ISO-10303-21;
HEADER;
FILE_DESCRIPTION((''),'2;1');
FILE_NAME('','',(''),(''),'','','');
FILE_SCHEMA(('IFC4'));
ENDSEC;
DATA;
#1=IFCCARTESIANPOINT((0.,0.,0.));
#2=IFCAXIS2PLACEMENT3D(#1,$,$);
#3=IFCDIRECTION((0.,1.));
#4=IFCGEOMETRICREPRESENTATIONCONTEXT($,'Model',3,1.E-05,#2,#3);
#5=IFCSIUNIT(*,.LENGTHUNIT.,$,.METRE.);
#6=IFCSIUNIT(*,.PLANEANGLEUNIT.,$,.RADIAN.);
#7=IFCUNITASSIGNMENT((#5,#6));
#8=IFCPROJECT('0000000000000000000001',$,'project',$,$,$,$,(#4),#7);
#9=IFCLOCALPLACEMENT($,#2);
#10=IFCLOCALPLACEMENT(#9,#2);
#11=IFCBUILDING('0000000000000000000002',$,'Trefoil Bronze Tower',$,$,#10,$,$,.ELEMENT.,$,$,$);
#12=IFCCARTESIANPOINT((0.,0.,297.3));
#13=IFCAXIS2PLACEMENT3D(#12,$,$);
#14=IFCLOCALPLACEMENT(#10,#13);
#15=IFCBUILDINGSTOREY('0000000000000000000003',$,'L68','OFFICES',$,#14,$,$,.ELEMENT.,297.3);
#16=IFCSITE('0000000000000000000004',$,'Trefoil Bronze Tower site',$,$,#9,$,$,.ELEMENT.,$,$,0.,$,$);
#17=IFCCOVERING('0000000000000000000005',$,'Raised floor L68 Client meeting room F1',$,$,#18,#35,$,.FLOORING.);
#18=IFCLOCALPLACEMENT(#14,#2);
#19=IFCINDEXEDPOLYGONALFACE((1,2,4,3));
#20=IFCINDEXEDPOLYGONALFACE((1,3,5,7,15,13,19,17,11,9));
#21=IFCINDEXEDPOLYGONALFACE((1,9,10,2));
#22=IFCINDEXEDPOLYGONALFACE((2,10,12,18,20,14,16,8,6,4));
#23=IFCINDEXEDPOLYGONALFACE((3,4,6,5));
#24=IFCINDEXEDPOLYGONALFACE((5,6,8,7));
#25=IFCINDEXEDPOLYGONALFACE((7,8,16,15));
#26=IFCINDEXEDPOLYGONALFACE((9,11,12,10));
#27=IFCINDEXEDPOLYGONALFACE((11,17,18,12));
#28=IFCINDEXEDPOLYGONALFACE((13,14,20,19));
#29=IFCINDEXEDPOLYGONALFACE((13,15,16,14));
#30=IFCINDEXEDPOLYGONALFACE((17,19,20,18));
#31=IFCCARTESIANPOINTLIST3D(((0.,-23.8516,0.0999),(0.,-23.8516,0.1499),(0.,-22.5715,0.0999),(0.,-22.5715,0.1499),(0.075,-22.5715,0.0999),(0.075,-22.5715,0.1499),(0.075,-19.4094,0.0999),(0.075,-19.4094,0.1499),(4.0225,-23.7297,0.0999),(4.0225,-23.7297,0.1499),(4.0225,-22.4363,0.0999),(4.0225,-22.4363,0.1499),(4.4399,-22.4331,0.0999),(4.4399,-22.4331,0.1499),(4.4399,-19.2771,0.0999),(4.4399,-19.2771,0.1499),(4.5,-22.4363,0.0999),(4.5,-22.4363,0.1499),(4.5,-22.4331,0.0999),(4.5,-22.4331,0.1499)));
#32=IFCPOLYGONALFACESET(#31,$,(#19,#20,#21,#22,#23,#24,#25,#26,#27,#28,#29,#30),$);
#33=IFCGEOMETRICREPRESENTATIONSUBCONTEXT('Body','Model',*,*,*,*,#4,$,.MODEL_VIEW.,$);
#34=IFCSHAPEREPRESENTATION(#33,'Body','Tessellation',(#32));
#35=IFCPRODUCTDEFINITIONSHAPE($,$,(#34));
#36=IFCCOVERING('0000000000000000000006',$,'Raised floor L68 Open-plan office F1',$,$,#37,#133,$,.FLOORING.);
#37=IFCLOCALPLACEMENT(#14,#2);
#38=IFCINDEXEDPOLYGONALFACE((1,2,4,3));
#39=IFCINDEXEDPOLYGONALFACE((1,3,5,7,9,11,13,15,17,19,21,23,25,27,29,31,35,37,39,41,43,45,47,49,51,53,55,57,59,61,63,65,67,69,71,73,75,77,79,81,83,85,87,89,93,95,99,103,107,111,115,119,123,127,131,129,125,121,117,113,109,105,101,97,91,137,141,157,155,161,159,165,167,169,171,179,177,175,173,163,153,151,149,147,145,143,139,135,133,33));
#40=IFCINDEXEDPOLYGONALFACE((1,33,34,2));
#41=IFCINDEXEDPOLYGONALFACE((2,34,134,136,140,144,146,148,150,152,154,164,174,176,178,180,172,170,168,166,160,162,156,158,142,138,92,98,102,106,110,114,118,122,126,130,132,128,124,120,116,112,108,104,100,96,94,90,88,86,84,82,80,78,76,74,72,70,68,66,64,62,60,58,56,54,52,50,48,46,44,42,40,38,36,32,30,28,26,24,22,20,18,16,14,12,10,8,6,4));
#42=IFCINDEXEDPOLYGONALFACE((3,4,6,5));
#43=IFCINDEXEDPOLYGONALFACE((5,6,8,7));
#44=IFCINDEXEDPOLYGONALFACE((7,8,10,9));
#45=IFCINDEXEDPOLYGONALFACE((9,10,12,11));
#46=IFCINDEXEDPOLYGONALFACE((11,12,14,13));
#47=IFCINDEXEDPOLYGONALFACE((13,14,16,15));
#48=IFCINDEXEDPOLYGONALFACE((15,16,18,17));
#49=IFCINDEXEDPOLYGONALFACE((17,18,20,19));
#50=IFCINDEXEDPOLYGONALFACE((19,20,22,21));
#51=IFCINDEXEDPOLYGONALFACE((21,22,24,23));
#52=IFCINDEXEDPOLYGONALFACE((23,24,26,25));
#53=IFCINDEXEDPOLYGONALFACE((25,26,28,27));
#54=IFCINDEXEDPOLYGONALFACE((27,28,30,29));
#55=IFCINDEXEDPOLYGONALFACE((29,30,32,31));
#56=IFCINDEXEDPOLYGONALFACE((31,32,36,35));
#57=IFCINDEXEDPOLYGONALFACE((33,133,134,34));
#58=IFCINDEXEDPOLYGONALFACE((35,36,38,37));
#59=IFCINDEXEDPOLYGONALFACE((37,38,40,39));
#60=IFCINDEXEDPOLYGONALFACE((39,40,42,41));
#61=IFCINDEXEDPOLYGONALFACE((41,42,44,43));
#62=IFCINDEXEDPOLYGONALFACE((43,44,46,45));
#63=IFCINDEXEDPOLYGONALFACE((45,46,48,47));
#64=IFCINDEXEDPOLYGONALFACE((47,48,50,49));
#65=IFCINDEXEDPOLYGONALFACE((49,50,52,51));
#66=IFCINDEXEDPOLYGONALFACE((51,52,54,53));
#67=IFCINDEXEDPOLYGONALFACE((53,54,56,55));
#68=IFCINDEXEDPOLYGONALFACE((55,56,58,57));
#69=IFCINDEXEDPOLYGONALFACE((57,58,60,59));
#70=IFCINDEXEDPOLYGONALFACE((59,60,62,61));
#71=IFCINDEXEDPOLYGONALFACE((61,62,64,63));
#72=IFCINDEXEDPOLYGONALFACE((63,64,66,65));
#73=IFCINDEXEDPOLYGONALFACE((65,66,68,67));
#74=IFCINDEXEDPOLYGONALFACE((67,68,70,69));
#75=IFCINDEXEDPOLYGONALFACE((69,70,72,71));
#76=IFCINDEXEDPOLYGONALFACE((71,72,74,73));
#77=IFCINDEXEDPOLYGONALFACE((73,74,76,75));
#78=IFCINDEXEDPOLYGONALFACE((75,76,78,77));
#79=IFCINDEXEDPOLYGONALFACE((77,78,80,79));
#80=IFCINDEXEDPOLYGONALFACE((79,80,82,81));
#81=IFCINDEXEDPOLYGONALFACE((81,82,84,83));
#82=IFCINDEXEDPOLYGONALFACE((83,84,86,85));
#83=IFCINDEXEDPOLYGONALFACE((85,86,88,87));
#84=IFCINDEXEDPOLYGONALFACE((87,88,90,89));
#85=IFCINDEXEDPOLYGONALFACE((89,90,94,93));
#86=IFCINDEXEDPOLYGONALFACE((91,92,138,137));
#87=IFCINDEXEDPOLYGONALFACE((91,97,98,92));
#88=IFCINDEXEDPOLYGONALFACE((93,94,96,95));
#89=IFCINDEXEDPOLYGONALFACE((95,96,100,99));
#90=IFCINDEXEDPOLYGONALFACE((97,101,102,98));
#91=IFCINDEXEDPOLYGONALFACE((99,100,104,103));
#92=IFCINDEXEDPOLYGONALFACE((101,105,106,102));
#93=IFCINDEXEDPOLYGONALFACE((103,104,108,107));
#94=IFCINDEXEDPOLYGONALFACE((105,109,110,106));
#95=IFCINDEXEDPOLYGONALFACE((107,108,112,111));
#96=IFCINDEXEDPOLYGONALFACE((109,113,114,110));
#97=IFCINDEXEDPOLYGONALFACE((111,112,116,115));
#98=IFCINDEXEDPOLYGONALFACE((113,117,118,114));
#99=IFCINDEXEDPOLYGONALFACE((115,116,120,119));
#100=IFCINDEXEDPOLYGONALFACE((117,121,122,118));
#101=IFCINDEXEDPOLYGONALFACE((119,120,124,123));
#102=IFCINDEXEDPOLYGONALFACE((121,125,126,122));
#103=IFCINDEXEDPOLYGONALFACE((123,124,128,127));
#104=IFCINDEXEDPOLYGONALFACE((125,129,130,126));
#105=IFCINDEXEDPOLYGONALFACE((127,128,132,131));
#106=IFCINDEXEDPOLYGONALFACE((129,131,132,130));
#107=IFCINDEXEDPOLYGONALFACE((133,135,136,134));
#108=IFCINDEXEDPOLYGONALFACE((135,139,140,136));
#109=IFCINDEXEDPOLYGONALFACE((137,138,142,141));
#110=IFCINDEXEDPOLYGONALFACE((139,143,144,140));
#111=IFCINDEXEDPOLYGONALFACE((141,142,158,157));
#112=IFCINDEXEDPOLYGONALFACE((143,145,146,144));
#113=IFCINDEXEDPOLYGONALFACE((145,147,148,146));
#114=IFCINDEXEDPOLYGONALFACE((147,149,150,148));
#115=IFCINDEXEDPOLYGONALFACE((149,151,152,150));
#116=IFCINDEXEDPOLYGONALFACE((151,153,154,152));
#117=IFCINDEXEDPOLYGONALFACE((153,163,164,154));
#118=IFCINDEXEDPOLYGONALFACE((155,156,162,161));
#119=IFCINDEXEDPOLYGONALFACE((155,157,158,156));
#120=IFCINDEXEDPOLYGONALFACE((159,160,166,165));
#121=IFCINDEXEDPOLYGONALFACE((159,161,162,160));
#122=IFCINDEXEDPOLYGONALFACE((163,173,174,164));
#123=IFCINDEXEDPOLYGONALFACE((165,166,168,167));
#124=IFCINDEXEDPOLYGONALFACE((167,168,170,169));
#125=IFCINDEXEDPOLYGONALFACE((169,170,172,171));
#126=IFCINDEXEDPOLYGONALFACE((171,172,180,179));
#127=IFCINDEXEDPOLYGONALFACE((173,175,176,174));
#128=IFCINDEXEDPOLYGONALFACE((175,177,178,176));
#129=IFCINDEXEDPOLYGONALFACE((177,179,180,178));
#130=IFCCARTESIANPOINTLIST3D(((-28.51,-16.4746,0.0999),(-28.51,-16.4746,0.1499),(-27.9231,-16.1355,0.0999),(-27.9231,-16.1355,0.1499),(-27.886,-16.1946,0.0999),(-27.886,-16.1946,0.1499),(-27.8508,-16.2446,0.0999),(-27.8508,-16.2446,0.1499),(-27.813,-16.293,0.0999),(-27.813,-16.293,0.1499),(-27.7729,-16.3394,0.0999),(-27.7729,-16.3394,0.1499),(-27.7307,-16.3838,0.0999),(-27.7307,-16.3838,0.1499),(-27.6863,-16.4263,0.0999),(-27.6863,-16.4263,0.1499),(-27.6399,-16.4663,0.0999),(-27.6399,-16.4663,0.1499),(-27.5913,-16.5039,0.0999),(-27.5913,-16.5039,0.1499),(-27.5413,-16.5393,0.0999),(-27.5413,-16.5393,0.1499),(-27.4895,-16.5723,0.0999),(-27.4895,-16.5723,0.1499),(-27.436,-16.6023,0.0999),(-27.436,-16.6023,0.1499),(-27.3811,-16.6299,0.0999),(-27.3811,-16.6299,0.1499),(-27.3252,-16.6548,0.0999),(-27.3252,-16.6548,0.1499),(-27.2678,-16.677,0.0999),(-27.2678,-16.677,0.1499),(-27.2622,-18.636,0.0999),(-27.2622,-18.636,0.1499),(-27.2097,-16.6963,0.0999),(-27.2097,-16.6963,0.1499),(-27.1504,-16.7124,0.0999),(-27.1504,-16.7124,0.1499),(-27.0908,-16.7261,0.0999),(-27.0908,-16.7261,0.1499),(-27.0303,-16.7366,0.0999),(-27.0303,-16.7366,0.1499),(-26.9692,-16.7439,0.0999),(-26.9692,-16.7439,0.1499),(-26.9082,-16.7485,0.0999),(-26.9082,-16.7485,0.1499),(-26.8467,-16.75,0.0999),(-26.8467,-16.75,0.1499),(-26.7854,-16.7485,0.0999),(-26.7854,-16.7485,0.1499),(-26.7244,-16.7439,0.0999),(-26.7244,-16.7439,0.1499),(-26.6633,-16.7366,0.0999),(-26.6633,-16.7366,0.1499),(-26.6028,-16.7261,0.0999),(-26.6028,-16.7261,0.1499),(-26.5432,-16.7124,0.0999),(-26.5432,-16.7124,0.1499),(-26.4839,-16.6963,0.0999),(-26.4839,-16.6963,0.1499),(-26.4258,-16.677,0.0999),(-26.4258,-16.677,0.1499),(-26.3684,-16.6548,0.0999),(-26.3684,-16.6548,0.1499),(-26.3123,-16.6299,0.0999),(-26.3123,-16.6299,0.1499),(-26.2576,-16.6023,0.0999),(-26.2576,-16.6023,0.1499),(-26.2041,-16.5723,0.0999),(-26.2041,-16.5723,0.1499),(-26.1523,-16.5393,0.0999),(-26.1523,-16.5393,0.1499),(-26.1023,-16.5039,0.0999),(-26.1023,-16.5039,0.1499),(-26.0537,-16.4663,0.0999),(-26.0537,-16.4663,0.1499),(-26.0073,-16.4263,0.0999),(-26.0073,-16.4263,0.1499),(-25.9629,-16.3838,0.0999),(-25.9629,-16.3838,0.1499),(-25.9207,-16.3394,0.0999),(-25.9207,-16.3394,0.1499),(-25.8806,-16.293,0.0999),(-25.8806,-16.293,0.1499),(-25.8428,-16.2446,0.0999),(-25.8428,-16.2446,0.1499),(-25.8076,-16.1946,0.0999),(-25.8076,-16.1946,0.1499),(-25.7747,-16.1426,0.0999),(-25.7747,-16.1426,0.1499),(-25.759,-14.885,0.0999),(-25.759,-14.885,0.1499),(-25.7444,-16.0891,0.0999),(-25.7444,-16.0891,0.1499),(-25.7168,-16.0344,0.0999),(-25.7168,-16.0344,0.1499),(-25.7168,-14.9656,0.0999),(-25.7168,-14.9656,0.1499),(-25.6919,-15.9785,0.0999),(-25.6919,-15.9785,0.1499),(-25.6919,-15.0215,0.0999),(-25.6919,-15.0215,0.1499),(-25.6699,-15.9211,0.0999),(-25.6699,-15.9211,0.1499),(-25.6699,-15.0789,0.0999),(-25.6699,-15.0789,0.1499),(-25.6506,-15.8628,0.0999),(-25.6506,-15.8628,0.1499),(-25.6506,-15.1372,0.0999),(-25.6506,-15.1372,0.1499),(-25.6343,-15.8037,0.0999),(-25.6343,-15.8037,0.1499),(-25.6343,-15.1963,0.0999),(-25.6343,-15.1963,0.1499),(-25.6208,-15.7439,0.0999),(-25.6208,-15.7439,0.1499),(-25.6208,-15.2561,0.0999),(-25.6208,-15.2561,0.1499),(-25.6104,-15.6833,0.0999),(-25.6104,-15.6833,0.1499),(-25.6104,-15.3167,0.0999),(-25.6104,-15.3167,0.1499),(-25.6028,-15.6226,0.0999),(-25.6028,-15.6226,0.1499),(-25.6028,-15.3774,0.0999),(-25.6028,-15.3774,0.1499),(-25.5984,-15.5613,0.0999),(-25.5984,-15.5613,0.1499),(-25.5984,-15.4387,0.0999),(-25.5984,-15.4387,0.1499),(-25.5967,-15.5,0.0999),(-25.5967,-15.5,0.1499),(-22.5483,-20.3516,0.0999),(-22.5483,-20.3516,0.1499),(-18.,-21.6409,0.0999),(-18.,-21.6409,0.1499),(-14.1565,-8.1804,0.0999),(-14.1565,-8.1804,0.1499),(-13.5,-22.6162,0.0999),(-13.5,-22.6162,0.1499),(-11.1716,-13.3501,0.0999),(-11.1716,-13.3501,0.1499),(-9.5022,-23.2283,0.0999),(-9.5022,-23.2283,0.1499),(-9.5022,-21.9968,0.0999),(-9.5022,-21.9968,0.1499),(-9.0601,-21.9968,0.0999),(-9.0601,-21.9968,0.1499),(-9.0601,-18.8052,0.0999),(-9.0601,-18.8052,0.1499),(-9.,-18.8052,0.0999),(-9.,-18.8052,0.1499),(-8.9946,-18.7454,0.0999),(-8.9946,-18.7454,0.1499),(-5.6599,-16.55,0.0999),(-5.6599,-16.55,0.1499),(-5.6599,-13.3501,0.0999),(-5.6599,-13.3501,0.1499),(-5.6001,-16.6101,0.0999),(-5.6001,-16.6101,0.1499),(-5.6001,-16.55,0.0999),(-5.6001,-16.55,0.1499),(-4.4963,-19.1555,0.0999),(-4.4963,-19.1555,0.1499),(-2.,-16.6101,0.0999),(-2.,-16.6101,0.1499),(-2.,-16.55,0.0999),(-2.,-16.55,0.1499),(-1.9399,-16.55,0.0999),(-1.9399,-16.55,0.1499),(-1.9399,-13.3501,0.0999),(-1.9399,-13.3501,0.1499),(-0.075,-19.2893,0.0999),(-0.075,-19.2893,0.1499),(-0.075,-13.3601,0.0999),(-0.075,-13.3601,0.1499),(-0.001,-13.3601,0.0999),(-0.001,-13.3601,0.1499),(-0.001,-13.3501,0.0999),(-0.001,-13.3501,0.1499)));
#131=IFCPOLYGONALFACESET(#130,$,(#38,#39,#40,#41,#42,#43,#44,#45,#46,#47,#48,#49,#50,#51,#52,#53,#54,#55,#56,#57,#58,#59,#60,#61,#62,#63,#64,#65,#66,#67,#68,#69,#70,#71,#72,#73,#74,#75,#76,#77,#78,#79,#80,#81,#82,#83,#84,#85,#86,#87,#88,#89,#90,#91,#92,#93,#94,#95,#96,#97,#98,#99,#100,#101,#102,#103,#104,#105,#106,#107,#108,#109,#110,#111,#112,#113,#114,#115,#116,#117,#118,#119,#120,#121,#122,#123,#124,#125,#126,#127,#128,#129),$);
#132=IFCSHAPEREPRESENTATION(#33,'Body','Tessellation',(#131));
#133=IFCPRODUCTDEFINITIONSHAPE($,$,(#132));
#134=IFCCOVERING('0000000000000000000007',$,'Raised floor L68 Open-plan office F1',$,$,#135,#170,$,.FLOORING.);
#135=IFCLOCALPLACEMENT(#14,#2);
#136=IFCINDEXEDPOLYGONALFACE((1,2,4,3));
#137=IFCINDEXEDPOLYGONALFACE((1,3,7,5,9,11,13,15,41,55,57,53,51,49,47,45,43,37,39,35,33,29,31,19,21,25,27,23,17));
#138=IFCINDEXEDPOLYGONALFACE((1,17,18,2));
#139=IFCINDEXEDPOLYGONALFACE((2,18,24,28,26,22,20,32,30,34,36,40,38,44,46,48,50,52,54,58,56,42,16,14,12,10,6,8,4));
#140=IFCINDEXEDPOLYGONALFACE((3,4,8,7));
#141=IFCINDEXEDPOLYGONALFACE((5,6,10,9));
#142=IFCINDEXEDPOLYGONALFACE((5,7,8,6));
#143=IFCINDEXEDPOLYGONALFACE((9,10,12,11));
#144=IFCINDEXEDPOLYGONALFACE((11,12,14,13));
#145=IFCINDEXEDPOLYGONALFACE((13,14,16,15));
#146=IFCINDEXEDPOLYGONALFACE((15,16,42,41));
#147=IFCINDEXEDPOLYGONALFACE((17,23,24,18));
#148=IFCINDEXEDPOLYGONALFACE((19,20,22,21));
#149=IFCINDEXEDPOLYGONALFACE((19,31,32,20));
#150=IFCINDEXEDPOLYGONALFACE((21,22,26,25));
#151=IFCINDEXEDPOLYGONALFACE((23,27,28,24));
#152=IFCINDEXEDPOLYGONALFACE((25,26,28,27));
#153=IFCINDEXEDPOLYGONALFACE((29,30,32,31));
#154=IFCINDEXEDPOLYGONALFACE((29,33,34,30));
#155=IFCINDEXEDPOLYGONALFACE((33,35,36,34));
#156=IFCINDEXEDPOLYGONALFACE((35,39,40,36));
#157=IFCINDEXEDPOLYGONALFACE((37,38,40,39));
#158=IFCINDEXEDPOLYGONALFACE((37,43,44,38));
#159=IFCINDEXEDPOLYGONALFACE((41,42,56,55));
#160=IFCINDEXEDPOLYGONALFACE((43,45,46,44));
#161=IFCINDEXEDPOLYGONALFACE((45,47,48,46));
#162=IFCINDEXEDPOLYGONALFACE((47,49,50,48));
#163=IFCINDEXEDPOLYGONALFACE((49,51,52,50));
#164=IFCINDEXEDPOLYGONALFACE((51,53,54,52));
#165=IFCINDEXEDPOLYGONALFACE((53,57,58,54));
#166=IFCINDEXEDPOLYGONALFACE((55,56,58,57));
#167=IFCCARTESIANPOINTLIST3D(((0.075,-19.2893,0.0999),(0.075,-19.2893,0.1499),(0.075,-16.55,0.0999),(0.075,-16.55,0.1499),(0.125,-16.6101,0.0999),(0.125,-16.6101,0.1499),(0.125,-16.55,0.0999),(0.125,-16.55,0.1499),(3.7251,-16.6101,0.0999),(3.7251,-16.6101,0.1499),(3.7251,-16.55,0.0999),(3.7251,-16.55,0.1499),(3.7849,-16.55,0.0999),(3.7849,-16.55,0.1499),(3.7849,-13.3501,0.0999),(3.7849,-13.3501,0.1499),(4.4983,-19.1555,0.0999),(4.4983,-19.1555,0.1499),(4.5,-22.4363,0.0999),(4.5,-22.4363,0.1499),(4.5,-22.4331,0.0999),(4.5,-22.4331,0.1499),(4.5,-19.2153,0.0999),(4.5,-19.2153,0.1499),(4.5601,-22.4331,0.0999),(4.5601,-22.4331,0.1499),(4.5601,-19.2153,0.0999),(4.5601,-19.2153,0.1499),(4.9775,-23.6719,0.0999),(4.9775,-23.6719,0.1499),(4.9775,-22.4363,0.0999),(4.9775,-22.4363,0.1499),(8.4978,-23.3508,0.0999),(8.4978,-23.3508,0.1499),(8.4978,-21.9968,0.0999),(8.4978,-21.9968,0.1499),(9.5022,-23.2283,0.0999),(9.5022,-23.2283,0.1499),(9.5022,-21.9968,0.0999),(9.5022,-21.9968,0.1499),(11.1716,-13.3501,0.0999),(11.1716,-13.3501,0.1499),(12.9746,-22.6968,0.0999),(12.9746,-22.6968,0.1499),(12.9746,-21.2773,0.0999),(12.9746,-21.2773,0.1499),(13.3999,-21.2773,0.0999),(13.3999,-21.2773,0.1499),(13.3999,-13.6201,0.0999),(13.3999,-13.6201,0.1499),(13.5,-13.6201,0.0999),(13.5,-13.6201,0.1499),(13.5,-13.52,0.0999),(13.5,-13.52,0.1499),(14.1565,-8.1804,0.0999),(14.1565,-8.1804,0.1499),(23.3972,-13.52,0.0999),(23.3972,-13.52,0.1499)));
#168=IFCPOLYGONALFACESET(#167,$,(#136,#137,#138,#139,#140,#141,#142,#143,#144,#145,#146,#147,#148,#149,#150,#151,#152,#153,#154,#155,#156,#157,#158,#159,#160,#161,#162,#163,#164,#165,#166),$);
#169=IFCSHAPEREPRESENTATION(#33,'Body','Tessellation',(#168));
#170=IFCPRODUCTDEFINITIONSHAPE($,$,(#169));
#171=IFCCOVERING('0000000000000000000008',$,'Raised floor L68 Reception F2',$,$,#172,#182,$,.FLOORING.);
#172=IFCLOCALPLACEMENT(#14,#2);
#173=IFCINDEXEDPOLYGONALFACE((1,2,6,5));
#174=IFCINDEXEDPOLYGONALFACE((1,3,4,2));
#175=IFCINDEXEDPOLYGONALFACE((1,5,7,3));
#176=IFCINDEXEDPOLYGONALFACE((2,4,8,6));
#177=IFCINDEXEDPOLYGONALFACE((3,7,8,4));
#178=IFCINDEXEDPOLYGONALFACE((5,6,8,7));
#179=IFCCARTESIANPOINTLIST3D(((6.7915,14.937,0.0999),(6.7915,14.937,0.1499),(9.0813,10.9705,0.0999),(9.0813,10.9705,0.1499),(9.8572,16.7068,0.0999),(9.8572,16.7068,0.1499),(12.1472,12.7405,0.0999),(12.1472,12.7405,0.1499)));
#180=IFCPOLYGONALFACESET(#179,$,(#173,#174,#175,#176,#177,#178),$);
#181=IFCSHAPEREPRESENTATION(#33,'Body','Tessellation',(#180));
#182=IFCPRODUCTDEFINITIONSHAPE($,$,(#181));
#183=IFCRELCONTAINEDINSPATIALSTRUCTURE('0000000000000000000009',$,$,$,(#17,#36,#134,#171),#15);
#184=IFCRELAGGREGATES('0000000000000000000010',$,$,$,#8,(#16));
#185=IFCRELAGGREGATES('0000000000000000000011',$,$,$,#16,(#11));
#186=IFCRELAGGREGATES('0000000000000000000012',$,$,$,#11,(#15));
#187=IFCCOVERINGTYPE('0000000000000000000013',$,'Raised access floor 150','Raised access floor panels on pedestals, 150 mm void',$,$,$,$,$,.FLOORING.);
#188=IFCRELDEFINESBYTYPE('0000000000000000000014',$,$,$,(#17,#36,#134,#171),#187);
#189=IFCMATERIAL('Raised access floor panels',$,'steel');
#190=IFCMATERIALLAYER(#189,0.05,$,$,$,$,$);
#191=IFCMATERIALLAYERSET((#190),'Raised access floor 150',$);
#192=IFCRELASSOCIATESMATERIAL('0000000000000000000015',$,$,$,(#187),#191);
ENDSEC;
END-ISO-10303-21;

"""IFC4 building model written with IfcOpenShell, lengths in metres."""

from ifc_helpers import new_model, si_unit, direction, frame, origin, place, context, subcontext, project, spatial, polyline, outline, extrude, material, layer, layer_set, type_object, element, save


model = new_model("IFC4")

# Units and contexts
model_context = context("Model", 3, precision=1e-05, world=origin(), true_north=direction((0.0, 1.0)))
body_context = subcontext(model_context, "Body", "Model", "MODEL_VIEW")
ifc_project = project(units=[si_unit("LENGTHUNIT", "METRE"), si_unit("PLANEANGLEUNIT", "RADIAN")], contexts=[model_context])

# Site, building, storey
site_placement = place(None, origin())
site = spatial("IfcSite", under=ifc_project, at=site_placement, Name="Trefoil Bronze Tower site", CompositionType="ELEMENT", RefElevation=0.0)
building_placement = place(site_placement, origin())
building = spatial("IfcBuilding", under=site, at=building_placement, Name="Trefoil Bronze Tower", CompositionType="ELEMENT")
storey_placement = place(building_placement, frame((0.0, 0.0, 297.3)))
storey = spatial("IfcBuildingStorey", under=building, at=storey_placement, Name="L68", Description="OFFICES", CompositionType="ELEMENT", Elevation=297.3)

# Coverings
ifc_material_1 = material(Name="Raised access floor panels", Category="steel")
ifc_layer_1 = layer(ifc_material_1, 0.05)
ifc_layer_set_1 = layer_set([ifc_layer_1], Name="Raised access floor 150")
covering_type_1 = type_object("IfcCoveringType", Name="Raised access floor 150", Description="Raised access floor panels on pedestals, 150 mm void", PredefinedType="FLOORING", material=ifc_layer_set_1)
covering_1_placement = place(storey_placement, frame((0.0, 0.0, 0.0999)))
element("IfcCovering", 1, at=covering_1_placement, inside=storey, type_object=covering_type_1, Name="Raised floor L68 Client meeting room F1", PredefinedType="FLOORING", context=body_context, shape_type="SweptSolid", body=[
    extrude(outline(polyline([(0.0, -22.5715), (0.075, -22.5715), (0.075, -19.4094), (4.4399, -19.2771), (4.4399, -22.4331), (4.5, -22.4331), (4.5, -22.4363), (4.0225, -22.4363), (4.0225, -23.7297), (0.0, -23.8516), (0.0, -22.5715)])), origin(), (0.0, 0.0, 1.0), 0.05),
])
covering_2_placement = place(storey_placement, frame((0.0, 0.0, 0.0999)))
element("IfcCovering", 2, at=covering_2_placement, inside=storey, type_object=covering_type_1, Name="Raised floor L68 Open-plan office F1", PredefinedType="FLOORING", context=body_context, shape_type="SweptSolid", body=[
    extrude(outline(polyline([(-25.759, -14.885), (-14.1565, -8.1804), (-11.1716, -13.3501), (-5.6599, -13.3501), (-5.6599, -16.55), (-5.6001, -16.55), (-5.6001, -16.6101), (-2.0, -16.6101), (-2.0, -16.55), (-1.9399, -16.55), (-1.9399, -13.3501), (-0.001, -13.3501), (-0.001, -13.3601), (-0.075, -13.3601), (-0.075, -19.2893), (-4.4963, -19.1555), (-8.9946, -18.7454), (-9.0, -18.8052), (-9.0601, -18.8052), (-9.0601, -21.9968), (-9.5022, -21.9968), (-9.5022, -23.2283), (-13.5, -22.6162), (-18.0, -21.6409), (-22.5483, -20.3516), (-27.2622, -18.636), (-28.51, -16.4746), (-27.9231, -16.1355), (-27.886, -16.1946), (-27.8508, -16.2446), (-27.813, -16.293), (-27.7729, -16.3394), (-27.7307, -16.3838), (-27.6863, -16.4263), (-27.6399, -16.4663), (-27.5913, -16.5039), (-27.5413, -16.5393), (-27.4895, -16.5723), (-27.436, -16.6023), (-27.3811, -16.6299), (-27.3252, -16.6548), (-27.2678, -16.677), (-27.2097, -16.6963), (-27.1504, -16.7124), (-27.0908, -16.7261), (-27.0303, -16.7366), (-26.9692, -16.7439), (-26.9082, -16.7485), (-26.8467, -16.75), (-26.7854, -16.7485), (-26.7244, -16.7439), (-26.6633, -16.7366), (-26.6028, -16.7261), (-26.5432, -16.7124), (-26.4839, -16.6963), (-26.4258, -16.677), (-26.3684, -16.6548), (-26.3123, -16.6299), (-26.2576, -16.6023), (-26.2041, -16.5723), (-26.1523, -16.5393), (-26.1023, -16.5039), (-26.0537, -16.4663), (-26.0073, -16.4263), (-25.9629, -16.3838), (-25.9207, -16.3394), (-25.8806, -16.293), (-25.8428, -16.2446), (-25.8076, -16.1946), (-25.7747, -16.1426), (-25.7444, -16.0891), (-25.7168, -16.0344), (-25.6919, -15.9785), (-25.6699, -15.9211), (-25.6506, -15.8628), (-25.6343, -15.8037), (-25.6208, -15.7439), (-25.6104, -15.6833), (-25.6028, -15.6226), (-25.5984, -15.5613), (-25.5967, -15.5), (-25.5984, -15.4387), (-25.6028, -15.3774), (-25.6104, -15.3167), (-25.6208, -15.2561), (-25.6343, -15.1963), (-25.6506, -15.1372), (-25.6699, -15.0789), (-25.6919, -15.0215), (-25.7168, -14.9656), (-25.759, -14.885)])), origin(), (0.0, 0.0, 1.0), 0.05),
])
covering_3_placement = place(storey_placement, frame((0.0, 0.0, 0.0999)))
element("IfcCovering", 3, at=covering_3_placement, inside=storey, type_object=covering_type_1, Name="Raised floor L68 Open-plan office F1", PredefinedType="FLOORING", context=body_context, shape_type="SweptSolid", body=[
    extrude(outline(polyline([(4.9775, -23.6719), (4.9775, -22.4363), (4.5, -22.4363), (4.5, -22.4331), (4.5601, -22.4331), (4.5601, -19.2153), (4.5, -19.2153), (4.4983, -19.1555), (0.075, -19.2893), (0.075, -16.55), (0.125, -16.55), (0.125, -16.6101), (3.7251, -16.6101), (3.7251, -16.55), (3.7849, -16.55), (3.7849, -13.3501), (11.1716, -13.3501), (14.1565, -8.1804), (23.3972, -13.52), (13.5, -13.52), (13.5, -13.6201), (13.3999, -13.6201), (13.3999, -21.2773), (12.9746, -21.2773), (12.9746, -22.6968), (9.5022, -23.2283), (9.5022, -21.9968), (8.4978, -21.9968), (8.4978, -23.3508), (4.9775, -23.6719)])), origin(), (0.0, 0.0, 1.0), 0.05),
])
covering_4_placement = place(storey_placement, frame((0.0, 0.0, 0.0999)))
element("IfcCovering", 4, at=covering_4_placement, inside=storey, type_object=covering_type_1, Name="Raised floor L68 Reception F2", PredefinedType="FLOORING", context=body_context, shape_type="SweptSolid", body=[
    extrude(outline(polyline([(6.7915, 14.937), (9.8572, 16.7068), (12.1472, 12.7405), (9.0813, 10.9705), (6.7915, 14.937)])), origin(), (0.0, 0.0, 1.0), 0.05),
])

save(model, "model.ifc")
